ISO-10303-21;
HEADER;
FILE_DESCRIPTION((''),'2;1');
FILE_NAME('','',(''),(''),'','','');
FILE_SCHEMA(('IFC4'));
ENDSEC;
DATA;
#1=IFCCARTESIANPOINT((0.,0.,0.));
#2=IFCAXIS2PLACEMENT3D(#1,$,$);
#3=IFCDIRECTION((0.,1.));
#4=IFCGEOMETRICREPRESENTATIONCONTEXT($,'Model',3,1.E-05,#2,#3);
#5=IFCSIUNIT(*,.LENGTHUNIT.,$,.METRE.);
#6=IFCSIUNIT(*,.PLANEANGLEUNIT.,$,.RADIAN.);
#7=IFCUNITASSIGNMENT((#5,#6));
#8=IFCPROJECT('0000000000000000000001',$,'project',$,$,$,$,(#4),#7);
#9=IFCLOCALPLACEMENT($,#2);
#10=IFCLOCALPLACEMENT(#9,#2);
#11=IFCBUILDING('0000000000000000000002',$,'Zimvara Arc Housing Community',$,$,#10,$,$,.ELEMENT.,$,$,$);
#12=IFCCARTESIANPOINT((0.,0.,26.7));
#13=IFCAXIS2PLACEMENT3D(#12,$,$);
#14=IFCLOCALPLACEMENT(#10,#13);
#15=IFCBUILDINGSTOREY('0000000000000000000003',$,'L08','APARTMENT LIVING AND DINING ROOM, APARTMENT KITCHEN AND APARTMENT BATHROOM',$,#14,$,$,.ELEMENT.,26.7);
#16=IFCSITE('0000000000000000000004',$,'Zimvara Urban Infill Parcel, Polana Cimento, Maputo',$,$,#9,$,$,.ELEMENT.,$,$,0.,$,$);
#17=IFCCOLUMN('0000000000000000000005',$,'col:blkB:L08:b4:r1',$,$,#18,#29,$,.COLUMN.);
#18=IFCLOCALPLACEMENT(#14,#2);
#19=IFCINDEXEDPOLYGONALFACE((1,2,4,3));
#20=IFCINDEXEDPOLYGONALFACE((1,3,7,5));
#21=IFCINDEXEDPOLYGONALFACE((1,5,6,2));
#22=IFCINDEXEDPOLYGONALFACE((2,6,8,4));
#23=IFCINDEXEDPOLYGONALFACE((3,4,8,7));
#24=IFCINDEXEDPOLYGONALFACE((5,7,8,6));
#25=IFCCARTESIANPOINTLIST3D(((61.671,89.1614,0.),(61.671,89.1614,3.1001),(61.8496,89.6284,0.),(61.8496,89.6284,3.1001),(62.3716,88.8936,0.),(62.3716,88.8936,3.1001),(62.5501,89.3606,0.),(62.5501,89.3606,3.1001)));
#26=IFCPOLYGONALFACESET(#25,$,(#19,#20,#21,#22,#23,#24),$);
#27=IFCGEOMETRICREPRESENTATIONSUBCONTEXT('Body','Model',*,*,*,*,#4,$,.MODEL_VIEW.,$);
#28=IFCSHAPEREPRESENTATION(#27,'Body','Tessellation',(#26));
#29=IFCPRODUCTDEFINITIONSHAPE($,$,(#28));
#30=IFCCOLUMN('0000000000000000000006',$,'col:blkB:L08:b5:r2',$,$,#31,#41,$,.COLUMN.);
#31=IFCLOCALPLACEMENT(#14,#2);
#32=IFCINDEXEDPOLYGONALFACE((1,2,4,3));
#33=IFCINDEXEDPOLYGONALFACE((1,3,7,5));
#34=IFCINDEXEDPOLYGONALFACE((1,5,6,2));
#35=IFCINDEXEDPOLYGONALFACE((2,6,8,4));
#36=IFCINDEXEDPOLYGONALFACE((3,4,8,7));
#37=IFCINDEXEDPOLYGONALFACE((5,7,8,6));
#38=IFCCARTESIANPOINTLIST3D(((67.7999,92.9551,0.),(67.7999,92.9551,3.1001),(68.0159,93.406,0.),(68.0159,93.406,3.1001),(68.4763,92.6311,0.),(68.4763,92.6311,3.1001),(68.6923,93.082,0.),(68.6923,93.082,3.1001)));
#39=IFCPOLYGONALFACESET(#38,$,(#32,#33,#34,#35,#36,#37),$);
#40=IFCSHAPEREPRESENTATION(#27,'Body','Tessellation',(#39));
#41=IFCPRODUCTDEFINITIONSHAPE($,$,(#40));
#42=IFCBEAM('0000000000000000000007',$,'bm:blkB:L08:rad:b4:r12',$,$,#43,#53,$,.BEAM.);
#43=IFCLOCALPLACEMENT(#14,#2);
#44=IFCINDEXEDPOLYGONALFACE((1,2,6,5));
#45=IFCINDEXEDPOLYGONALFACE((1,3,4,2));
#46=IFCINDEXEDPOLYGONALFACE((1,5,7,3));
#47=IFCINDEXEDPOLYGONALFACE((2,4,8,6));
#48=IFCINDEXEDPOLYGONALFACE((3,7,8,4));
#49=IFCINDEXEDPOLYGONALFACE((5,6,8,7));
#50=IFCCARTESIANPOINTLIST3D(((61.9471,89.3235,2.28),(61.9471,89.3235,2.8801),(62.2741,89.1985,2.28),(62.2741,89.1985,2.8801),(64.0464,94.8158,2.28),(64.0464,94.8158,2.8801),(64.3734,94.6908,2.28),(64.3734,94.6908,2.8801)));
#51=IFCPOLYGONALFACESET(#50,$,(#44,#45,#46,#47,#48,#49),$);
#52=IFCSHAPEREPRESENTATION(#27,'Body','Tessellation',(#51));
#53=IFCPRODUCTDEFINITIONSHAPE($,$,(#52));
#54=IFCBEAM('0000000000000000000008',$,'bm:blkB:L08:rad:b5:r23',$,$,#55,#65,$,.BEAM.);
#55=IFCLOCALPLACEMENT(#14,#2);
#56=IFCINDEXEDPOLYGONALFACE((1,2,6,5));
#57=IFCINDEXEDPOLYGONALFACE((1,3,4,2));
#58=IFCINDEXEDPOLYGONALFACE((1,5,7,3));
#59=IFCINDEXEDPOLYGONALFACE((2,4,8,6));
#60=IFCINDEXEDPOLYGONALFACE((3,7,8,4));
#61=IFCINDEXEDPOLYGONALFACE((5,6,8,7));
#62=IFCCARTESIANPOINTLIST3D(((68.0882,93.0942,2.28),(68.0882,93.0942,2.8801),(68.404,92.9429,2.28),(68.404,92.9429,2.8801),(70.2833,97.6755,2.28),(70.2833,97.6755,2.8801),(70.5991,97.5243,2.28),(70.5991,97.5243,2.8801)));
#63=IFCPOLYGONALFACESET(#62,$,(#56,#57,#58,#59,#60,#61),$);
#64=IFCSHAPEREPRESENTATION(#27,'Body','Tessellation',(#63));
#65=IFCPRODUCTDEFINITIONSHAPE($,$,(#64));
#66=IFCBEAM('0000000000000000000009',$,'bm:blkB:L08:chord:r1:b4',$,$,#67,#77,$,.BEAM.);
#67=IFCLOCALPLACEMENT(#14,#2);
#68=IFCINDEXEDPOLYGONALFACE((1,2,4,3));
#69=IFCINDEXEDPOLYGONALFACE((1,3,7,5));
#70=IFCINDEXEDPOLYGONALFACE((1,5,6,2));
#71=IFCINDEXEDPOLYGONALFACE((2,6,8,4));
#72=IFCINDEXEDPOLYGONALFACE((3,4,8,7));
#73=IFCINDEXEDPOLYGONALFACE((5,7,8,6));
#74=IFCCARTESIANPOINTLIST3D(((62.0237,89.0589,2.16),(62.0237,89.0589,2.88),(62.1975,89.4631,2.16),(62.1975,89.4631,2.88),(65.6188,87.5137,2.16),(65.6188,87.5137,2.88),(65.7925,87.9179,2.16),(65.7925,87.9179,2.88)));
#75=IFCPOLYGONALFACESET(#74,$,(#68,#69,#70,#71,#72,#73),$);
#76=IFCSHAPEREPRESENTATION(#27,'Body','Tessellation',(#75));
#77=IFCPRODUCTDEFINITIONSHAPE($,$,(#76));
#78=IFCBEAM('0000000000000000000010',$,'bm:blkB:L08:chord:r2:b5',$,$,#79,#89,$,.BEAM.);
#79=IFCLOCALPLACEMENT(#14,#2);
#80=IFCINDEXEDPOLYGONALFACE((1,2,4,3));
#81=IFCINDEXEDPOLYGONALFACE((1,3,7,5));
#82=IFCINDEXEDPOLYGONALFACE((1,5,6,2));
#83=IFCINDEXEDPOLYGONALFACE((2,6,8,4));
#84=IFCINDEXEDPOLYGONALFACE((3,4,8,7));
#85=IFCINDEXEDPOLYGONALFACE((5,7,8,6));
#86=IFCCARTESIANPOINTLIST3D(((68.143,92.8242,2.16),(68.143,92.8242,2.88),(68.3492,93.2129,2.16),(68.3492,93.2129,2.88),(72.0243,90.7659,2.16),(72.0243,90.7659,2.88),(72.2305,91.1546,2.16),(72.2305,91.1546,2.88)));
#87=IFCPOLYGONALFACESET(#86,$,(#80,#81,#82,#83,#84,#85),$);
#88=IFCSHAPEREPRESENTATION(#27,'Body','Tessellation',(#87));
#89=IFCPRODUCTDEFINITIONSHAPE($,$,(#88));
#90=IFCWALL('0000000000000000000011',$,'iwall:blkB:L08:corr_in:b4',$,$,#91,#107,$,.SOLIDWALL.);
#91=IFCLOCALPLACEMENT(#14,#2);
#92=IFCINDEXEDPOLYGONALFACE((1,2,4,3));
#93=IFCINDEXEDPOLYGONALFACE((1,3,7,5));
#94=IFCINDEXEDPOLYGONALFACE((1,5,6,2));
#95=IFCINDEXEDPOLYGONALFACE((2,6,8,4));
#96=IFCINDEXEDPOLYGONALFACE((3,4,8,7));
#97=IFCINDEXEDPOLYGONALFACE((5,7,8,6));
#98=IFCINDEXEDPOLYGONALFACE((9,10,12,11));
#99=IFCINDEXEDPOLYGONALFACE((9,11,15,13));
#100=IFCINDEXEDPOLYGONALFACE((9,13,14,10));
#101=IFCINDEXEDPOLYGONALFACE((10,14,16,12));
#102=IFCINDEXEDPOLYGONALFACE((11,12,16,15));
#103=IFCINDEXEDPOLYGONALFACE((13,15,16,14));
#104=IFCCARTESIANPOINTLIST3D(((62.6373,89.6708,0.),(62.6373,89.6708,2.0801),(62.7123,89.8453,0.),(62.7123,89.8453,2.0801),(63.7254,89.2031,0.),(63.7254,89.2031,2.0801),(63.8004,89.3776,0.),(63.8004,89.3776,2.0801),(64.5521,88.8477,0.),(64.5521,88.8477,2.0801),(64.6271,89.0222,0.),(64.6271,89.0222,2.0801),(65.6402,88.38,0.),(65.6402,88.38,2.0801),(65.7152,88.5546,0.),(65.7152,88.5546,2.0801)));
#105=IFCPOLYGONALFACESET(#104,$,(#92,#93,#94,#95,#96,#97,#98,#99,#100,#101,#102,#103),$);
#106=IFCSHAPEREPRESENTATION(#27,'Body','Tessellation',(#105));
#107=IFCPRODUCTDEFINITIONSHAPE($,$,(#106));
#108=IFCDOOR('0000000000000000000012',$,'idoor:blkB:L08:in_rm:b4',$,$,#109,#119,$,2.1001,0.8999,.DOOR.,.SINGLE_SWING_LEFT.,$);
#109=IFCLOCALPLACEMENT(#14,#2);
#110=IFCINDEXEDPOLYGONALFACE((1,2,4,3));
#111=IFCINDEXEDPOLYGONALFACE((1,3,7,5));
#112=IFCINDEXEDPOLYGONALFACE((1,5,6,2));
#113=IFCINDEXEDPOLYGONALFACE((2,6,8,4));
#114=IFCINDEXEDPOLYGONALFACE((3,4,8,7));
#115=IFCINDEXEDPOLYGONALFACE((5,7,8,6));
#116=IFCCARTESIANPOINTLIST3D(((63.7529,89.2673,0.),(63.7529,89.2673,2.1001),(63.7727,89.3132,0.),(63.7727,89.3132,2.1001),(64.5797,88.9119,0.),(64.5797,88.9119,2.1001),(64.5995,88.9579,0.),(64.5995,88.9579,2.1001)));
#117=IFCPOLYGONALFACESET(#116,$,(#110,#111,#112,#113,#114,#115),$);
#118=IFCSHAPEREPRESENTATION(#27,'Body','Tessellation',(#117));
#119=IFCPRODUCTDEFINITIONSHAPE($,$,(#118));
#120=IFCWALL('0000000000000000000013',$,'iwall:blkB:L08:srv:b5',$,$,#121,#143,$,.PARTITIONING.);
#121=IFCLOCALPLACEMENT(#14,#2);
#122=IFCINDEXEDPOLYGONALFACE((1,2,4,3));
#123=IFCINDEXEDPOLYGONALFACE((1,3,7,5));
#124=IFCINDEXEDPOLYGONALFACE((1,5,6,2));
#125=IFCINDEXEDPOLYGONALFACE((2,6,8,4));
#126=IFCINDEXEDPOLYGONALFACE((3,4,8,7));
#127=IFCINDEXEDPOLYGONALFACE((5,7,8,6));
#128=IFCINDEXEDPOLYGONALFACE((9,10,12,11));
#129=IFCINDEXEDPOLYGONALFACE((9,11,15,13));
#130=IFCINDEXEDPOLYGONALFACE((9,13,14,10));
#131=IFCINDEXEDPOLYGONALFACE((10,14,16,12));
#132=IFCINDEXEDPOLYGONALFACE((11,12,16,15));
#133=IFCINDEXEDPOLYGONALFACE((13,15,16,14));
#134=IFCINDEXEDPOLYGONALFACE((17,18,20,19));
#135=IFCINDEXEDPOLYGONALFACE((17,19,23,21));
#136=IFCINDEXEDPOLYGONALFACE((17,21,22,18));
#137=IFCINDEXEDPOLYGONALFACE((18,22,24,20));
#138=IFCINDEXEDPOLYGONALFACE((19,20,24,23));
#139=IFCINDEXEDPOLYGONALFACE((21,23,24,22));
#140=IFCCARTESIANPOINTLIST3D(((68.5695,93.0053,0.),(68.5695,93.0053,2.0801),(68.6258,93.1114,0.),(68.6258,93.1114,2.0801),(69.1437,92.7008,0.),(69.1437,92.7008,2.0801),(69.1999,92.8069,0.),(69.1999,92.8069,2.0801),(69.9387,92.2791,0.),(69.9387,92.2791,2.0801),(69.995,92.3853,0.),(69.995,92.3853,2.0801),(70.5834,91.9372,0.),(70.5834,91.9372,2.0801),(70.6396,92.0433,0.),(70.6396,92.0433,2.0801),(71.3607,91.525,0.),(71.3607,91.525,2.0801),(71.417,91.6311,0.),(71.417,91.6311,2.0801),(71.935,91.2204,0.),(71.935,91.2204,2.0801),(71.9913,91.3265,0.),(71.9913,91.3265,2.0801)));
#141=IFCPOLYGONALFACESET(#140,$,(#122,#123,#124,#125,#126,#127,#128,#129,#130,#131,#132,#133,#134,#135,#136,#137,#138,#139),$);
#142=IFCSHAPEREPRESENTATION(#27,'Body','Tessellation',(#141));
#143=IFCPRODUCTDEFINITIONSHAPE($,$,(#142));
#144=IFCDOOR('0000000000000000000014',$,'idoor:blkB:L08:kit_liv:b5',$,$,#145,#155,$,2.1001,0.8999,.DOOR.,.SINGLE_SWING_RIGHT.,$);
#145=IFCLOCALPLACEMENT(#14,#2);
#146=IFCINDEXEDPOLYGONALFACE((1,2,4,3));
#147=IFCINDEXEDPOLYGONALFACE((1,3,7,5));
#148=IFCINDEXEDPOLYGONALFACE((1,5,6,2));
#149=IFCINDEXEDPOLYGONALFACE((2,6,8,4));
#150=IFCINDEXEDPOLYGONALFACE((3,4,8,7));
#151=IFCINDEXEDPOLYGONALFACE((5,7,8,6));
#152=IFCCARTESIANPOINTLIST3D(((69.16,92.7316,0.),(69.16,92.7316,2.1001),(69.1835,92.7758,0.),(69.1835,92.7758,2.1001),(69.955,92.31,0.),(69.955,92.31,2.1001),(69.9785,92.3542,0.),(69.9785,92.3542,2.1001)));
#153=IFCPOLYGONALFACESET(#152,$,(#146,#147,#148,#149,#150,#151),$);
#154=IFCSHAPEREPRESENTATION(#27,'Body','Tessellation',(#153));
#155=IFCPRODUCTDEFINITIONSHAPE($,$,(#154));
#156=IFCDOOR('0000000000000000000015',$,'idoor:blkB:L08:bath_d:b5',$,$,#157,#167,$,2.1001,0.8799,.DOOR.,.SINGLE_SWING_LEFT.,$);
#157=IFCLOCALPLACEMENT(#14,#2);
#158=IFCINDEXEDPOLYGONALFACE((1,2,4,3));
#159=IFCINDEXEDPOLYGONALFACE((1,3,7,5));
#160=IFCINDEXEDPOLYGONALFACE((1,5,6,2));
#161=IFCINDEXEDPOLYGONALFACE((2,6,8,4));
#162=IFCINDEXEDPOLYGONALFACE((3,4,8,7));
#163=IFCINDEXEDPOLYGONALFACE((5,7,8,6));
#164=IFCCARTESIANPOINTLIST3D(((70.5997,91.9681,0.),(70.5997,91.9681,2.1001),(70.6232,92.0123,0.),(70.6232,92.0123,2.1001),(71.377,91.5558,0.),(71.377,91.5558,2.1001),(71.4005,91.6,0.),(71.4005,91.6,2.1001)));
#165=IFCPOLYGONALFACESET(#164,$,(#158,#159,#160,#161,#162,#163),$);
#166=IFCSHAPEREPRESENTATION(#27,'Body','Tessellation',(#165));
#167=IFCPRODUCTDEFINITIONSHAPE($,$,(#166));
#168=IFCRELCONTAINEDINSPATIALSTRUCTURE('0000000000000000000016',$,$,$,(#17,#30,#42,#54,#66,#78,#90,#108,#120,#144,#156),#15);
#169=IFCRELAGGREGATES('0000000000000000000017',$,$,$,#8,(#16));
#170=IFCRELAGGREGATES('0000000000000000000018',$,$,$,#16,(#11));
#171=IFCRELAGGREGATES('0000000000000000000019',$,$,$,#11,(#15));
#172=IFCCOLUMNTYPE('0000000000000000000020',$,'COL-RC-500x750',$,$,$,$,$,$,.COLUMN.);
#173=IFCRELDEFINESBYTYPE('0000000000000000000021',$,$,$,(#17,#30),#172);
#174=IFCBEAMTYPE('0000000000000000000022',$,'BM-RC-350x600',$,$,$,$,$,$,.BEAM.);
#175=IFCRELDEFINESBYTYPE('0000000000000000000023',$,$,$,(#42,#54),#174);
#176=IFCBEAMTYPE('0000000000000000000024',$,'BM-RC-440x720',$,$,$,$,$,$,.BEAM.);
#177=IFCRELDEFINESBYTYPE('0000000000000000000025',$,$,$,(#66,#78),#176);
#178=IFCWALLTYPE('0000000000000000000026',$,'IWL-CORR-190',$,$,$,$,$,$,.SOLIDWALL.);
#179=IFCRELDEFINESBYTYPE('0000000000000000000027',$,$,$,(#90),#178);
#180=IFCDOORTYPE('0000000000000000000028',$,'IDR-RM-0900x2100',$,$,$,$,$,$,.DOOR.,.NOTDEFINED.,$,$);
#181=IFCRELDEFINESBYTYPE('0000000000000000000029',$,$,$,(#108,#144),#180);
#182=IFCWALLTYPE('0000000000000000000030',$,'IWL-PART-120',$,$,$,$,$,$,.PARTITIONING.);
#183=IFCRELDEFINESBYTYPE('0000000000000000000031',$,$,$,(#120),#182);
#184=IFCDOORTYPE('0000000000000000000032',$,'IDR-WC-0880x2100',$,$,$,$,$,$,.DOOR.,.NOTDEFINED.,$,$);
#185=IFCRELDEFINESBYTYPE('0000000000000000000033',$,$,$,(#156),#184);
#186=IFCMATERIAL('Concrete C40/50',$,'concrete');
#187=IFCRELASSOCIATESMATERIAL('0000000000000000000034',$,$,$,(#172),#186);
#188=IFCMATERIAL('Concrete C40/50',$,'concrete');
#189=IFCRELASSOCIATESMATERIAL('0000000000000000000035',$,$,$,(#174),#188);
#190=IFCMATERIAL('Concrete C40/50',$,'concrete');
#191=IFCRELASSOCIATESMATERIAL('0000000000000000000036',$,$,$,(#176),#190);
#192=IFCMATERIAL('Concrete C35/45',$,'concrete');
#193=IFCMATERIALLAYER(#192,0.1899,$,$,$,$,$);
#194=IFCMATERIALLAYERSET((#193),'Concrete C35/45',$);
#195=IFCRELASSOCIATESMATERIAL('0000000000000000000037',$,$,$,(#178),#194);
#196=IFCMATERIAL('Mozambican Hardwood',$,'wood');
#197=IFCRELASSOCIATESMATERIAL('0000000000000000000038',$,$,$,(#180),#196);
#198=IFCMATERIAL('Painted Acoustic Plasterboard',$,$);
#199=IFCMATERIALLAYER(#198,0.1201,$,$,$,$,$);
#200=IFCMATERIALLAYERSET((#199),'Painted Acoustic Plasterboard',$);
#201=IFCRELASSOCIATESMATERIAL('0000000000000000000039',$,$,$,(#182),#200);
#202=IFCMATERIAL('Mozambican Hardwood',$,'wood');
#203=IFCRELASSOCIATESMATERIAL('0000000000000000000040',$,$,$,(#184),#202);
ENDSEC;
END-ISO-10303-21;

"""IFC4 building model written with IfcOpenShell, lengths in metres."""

from ifc_helpers import new_model, si_unit, direction, frame, frame_2d, origin, origin_2d, place, context, subcontext, project, spatial, rectangle, extrude, material, layer, layer_set, material_profile, profile_set, type_object, element, fill, save


model = new_model("IFC4")

# Units and contexts
model_context = context("Model", 3, precision=1e-05, world=origin(), true_north=direction((0.0, 1.0)))
body_context = subcontext(model_context, "Body", "Model", "MODEL_VIEW")
ifc_project = project(units=[si_unit("LENGTHUNIT", "METRE"), si_unit("PLANEANGLEUNIT", "RADIAN")], contexts=[model_context])

# Site, building, storey
site_placement = place(None, origin())
site = spatial("IfcSite", under=ifc_project, at=site_placement, Name="Zimvara Urban Infill Parcel, Polana Cimento, Maputo", CompositionType="ELEMENT", RefElevation=0.0)
building_placement = place(site_placement, origin())
building = spatial("IfcBuilding", under=site, at=building_placement, Name="Zimvara Arc Housing Community", CompositionType="ELEMENT")
storey_placement = place(building_placement, frame((0.0, 0.0, 26.7)))
storey = spatial("IfcBuildingStorey", under=building, at=storey_placement, Name="L08", Description="APARTMENT LIVING AND DINING ROOM, APARTMENT KITCHEN AND APARTMENT BATHROOM", CompositionType="ELEMENT", Elevation=26.7)

# Columns
ifc_material_1 = material(Name="Concrete C40/50", Category="concrete")
ifc_material_profile_1 = material_profile(ifc_material_1, rectangle(XDim=0.5, YDim=0.75, at=origin_2d()), Name="RC 500x750")
ifc_profile_set_1 = profile_set([ifc_material_profile_1], Name="Concrete C40/50")
column_type = type_object("IfcColumnType", Name="COL-RC-500x750", PredefinedType="COLUMN", material=ifc_profile_set_1)
for number, where, z_axis, x_axis, name in (
    (1, (62.1106, 89.261, 0.0), (0.0, 0.0, 1.0), (0.357064, 0.93408, 0.0), "col:blkB:L08:b4:r1"),
    (2, (68.2461, 93.0186, 0.0), (0.0, 0.0, 1.0), (0.432086, 0.901833, 0.0), "col:blkB:L08:b5:r2"),
):
    element("IfcColumn", number, at=place(storey_placement, frame(where, z_axis=z_axis, x_axis=x_axis)), inside=storey, type_object=column_type, Name=name, PredefinedType="COLUMN", context=body_context, shape_type="SweptSolid", body=[
        extrude(rectangle(XDim=0.5, YDim=0.75, at=origin_2d()), origin(), (0.0, 0.0, 1.0), 3.1001),
    ])

# Beams
ifc_material_2 = material(Name="Concrete C40/50", Category="concrete")
ifc_material_profile_2 = material_profile(ifc_material_2, rectangle(XDim=0.3501, YDim=0.6001, at=origin_2d()), Name="RC 350x600")
ifc_profile_set_2 = profile_set([ifc_material_profile_2], Name="Concrete C40/50")
beam_type_1 = type_object("IfcBeamType", Name="BM-RC-350x600", PredefinedType="BEAM", material=ifc_profile_set_2)
beam_1_placement = place(storey_placement, frame((62.1106, 89.261, 2.5801), z_axis=(0.357036, 0.934091, 0.0), x_axis=(-0.934091, 0.357036, 0.0)))
element("IfcBeam", 3, at=beam_1_placement, inside=storey, type_object=beam_type_1, Name="bm:blkB:L08:rad:b4:r12", PredefinedType="BEAM", context=body_context, shape_type="SweptSolid", body=[
    extrude(rectangle(XDim=0.3501, YDim=0.6001, at=origin_2d()), origin(), (0.0, 0.0, 1.0), 5.8799),
])
beam_2_placement = place(storey_placement, frame((68.2461, 93.0186, 2.5801), z_axis=(0.432098, 0.901827, 0.0), x_axis=(-0.901827, 0.432098, 0.0)))
element("IfcBeam", 4, at=beam_2_placement, inside=storey, type_object=beam_type_1, Name="bm:blkB:L08:rad:b5:r23", PredefinedType="BEAM", context=body_context, shape_type="SweptSolid", body=[
    extrude(rectangle(XDim=0.3501, YDim=0.6001, at=origin_2d()), origin(), (0.0, 0.0, 1.0), 5.0801),
])
ifc_material_3 = material(Name="Concrete C40/50", Category="concrete")
ifc_material_profile_3 = material_profile(ifc_material_3, rectangle(XDim=0.4399, YDim=0.72, at=origin_2d()), Name="RC 440x720")
ifc_profile_set_3 = profile_set([ifc_material_profile_3], Name="Concrete C40/50")
beam_type_2 = type_object("IfcBeamType", Name="BM-RC-440x720", PredefinedType="BEAM", material=ifc_profile_set_3)
beam_3_placement = place(storey_placement, frame((62.1106, 89.261, 2.52), z_axis=(0.918731, -0.394883, 0.0), x_axis=(0.394883, 0.918731, 0.0)))
element("IfcBeam", 5, at=beam_3_placement, inside=storey, type_object=beam_type_2, Name="bm:blkB:L08:chord:r1:b4", PredefinedType="BEAM", context=body_context, shape_type="SweptSolid", body=[
    extrude(rectangle(XDim=0.4399, YDim=0.72, at=origin_2d()), origin(), (0.0, 0.0, 1.0), 3.9131),
])
beam_4_placement = place(storey_placement, frame((68.2461, 93.0186, 2.52), z_axis=(0.883457, -0.468513, 0.0), x_axis=(0.468513, 0.883457, 0.0)))
element("IfcBeam", 6, at=beam_4_placement, inside=storey, type_object=beam_type_2, Name="bm:blkB:L08:chord:r2:b5", PredefinedType="BEAM", context=body_context, shape_type="SweptSolid", body=[
    extrude(rectangle(XDim=0.4399, YDim=0.72, at=origin_2d()), origin(), (0.0, 0.0, 1.0), 4.3933),
])

# Wall, opening, door
ifc_material_4 = material(Name="Concrete C35/45", Category="concrete")
ifc_layer_1 = layer(ifc_material_4, 0.1899)
ifc_layer_set_1 = layer_set([ifc_layer_1], Name="Concrete C35/45")
wall_type_1 = type_object("IfcWallType", Name="IWL-CORR-190", PredefinedType="SOLIDWALL", material=ifc_layer_set_1)
wall_1_placement = place(storey_placement, frame((62.6748, 89.7581, 0.0), z_axis=(0.0, 0.0, 1.0), x_axis=(0.918723, -0.394902, 0.0)))
wall_1 = element("IfcWall", 7, at=wall_1_placement, inside=storey, type_object=wall_type_1, Name="iwall:blkB:L08:corr_in:b4", PredefinedType="SOLIDWALL", context=body_context, shape_type="SweptSolid", body=[
    extrude(rectangle(XDim=3.2686, YDim=0.1899, at=frame_2d((1.6343, 0.0))), origin(), (0.0, 0.0, 1.0), 2.0801),
])
opening_1_placement = place(wall_1_placement, frame((1.1843, 0.0, 0.0)))
opening_1 = element("IfcOpeningElement", 8, at=opening_1_placement, cuts=wall_1, PredefinedType="OPENING", context=body_context, shape_type="SweptSolid", body=[
    extrude(rectangle(XDim=0.8999, YDim=2.1001, at=frame_2d((0.45, 1.05))), frame((0.0, 0.105, 0.0), z_axis=(0.0, -1.0, 0.0), x_axis=(1.0, 0.0, 0.0)), (0.0, 0.0, 1.0), 0.21),
])
ifc_material_5 = material(Name="Mozambican Hardwood", Category="wood")
door_type_1 = type_object("IfcDoorType", Name="IDR-RM-0900x2100", OperationType="NOTDEFINED", PredefinedType="DOOR", material=ifc_material_5)
door_1_placement = place(opening_1_placement, origin())
door_1 = element("IfcDoor", 9, at=door_1_placement, inside=storey, type_object=door_type_1, Name="idoor:blkB:L08:in_rm:b4", OperationType="SINGLE_SWING_LEFT", OverallHeight=2.1001, OverallWidth=0.8999, PredefinedType="DOOR", context=body_context, shape_type="SweptSolid", body=[
    extrude(rectangle(XDim=0.8999, YDim=2.1001, at=frame_2d((0.45, 1.05))), frame((0.0, 0.0249, 0.0), z_axis=(0.0, -1.0, 0.0), x_axis=(1.0, 0.0, 0.0)), (0.0, 0.0, 1.0), 0.05),
])
fill(opening_1, door_1)

# Wall, openings, doors
ifc_material_6 = material(Name="Painted Acoustic Plasterboard")
ifc_layer_2 = layer(ifc_material_6, 0.1201)
ifc_layer_set_2 = layer_set([ifc_layer_2], Name="Painted Acoustic Plasterboard")
wall_type_2 = type_object("IfcWallType", Name="IWL-PART-120", PredefinedType="PARTITIONING", material=ifc_layer_set_2)
wall_2_placement = place(storey_placement, frame((68.5977, 93.0583, 0.0), z_axis=(0.0, 0.0, 1.0), x_axis=(0.883442, -0.468541, 0.0)))
wall_2 = element("IfcWall", 10, at=wall_2_placement, inside=storey, type_object=wall_type_2, Name="iwall:blkB:L08:srv:b5", PredefinedType="PARTITIONING", context=body_context, shape_type="SweptSolid", body=[
    extrude(rectangle(XDim=3.8096, YDim=0.1201, at=frame_2d((1.9048, 0.0))), origin(), (0.0, 0.0, 1.0), 2.0801),
])
opening_2_placement = place(wall_2_placement, frame((0.6499, 0.0, 0.0)))
opening_2 = element("IfcOpeningElement", 11, at=opening_2_placement, cuts=wall_2, PredefinedType="OPENING", context=body_context, shape_type="SweptSolid", body=[
    extrude(rectangle(XDim=0.8999, YDim=2.1001, at=frame_2d((0.45, 1.05))), frame((0.0, 0.0701, 0.0), z_axis=(0.0, -1.0, 0.0), x_axis=(1.0, 0.0, 0.0)), (0.0, 0.0, 1.0), 0.1401),
])
opening_3_placement = place(wall_2_placement, frame((2.2795, 0.0, 0.0)))
opening_3 = element("IfcOpeningElement", 12, at=opening_3_placement, cuts=wall_2, PredefinedType="OPENING", context=body_context, shape_type="SweptSolid", body=[
    extrude(rectangle(XDim=0.8799, YDim=2.1001, at=frame_2d((0.4399, 1.05))), frame((0.0, 0.0701, 0.0), z_axis=(0.0, -1.0, 0.0), x_axis=(1.0, 0.0, 0.0)), (0.0, 0.0, 1.0), 0.1401),
])
door_2_placement = place(opening_2_placement, origin())
door_2 = element("IfcDoor", 13, at=door_2_placement, inside=storey, type_object=door_type_1, Name="idoor:blkB:L08:kit_liv:b5", OperationType="SINGLE_SWING_RIGHT", OverallHeight=2.1001, OverallWidth=0.8999, PredefinedType="DOOR", context=body_context, shape_type="SweptSolid", body=[
    extrude(rectangle(XDim=0.8999, YDim=2.1001, at=frame_2d((0.45, 1.05))), frame((0.0, 0.0249, 0.0), z_axis=(0.0, -1.0, 0.0), x_axis=(1.0, 0.0, 0.0)), (0.0, 0.0, 1.0), 0.05),
])
fill(opening_2, door_2)
ifc_material_7 = material(Name="Mozambican Hardwood", Category="wood")
door_type_2 = type_object("IfcDoorType", Name="IDR-WC-0880x2100", OperationType="NOTDEFINED", PredefinedType="DOOR", material=ifc_material_7)
door_3_placement = place(opening_3_placement, origin())
door_3 = element("IfcDoor", 14, at=door_3_placement, inside=storey, type_object=door_type_2, Name="idoor:blkB:L08:bath_d:b5", OperationType="SINGLE_SWING_LEFT", OverallHeight=2.1001, OverallWidth=0.8799, PredefinedType="DOOR", context=body_context, shape_type="SweptSolid", body=[
    extrude(rectangle(XDim=0.8799, YDim=2.1001, at=frame_2d((0.4399, 1.05))), frame((0.0, 0.0249, 0.0), z_axis=(0.0, -1.0, 0.0), x_axis=(1.0, 0.0, 0.0)), (0.0, 0.0, 1.0), 0.05),
])
fill(opening_3, door_3)

save(model, "model.ifc")
